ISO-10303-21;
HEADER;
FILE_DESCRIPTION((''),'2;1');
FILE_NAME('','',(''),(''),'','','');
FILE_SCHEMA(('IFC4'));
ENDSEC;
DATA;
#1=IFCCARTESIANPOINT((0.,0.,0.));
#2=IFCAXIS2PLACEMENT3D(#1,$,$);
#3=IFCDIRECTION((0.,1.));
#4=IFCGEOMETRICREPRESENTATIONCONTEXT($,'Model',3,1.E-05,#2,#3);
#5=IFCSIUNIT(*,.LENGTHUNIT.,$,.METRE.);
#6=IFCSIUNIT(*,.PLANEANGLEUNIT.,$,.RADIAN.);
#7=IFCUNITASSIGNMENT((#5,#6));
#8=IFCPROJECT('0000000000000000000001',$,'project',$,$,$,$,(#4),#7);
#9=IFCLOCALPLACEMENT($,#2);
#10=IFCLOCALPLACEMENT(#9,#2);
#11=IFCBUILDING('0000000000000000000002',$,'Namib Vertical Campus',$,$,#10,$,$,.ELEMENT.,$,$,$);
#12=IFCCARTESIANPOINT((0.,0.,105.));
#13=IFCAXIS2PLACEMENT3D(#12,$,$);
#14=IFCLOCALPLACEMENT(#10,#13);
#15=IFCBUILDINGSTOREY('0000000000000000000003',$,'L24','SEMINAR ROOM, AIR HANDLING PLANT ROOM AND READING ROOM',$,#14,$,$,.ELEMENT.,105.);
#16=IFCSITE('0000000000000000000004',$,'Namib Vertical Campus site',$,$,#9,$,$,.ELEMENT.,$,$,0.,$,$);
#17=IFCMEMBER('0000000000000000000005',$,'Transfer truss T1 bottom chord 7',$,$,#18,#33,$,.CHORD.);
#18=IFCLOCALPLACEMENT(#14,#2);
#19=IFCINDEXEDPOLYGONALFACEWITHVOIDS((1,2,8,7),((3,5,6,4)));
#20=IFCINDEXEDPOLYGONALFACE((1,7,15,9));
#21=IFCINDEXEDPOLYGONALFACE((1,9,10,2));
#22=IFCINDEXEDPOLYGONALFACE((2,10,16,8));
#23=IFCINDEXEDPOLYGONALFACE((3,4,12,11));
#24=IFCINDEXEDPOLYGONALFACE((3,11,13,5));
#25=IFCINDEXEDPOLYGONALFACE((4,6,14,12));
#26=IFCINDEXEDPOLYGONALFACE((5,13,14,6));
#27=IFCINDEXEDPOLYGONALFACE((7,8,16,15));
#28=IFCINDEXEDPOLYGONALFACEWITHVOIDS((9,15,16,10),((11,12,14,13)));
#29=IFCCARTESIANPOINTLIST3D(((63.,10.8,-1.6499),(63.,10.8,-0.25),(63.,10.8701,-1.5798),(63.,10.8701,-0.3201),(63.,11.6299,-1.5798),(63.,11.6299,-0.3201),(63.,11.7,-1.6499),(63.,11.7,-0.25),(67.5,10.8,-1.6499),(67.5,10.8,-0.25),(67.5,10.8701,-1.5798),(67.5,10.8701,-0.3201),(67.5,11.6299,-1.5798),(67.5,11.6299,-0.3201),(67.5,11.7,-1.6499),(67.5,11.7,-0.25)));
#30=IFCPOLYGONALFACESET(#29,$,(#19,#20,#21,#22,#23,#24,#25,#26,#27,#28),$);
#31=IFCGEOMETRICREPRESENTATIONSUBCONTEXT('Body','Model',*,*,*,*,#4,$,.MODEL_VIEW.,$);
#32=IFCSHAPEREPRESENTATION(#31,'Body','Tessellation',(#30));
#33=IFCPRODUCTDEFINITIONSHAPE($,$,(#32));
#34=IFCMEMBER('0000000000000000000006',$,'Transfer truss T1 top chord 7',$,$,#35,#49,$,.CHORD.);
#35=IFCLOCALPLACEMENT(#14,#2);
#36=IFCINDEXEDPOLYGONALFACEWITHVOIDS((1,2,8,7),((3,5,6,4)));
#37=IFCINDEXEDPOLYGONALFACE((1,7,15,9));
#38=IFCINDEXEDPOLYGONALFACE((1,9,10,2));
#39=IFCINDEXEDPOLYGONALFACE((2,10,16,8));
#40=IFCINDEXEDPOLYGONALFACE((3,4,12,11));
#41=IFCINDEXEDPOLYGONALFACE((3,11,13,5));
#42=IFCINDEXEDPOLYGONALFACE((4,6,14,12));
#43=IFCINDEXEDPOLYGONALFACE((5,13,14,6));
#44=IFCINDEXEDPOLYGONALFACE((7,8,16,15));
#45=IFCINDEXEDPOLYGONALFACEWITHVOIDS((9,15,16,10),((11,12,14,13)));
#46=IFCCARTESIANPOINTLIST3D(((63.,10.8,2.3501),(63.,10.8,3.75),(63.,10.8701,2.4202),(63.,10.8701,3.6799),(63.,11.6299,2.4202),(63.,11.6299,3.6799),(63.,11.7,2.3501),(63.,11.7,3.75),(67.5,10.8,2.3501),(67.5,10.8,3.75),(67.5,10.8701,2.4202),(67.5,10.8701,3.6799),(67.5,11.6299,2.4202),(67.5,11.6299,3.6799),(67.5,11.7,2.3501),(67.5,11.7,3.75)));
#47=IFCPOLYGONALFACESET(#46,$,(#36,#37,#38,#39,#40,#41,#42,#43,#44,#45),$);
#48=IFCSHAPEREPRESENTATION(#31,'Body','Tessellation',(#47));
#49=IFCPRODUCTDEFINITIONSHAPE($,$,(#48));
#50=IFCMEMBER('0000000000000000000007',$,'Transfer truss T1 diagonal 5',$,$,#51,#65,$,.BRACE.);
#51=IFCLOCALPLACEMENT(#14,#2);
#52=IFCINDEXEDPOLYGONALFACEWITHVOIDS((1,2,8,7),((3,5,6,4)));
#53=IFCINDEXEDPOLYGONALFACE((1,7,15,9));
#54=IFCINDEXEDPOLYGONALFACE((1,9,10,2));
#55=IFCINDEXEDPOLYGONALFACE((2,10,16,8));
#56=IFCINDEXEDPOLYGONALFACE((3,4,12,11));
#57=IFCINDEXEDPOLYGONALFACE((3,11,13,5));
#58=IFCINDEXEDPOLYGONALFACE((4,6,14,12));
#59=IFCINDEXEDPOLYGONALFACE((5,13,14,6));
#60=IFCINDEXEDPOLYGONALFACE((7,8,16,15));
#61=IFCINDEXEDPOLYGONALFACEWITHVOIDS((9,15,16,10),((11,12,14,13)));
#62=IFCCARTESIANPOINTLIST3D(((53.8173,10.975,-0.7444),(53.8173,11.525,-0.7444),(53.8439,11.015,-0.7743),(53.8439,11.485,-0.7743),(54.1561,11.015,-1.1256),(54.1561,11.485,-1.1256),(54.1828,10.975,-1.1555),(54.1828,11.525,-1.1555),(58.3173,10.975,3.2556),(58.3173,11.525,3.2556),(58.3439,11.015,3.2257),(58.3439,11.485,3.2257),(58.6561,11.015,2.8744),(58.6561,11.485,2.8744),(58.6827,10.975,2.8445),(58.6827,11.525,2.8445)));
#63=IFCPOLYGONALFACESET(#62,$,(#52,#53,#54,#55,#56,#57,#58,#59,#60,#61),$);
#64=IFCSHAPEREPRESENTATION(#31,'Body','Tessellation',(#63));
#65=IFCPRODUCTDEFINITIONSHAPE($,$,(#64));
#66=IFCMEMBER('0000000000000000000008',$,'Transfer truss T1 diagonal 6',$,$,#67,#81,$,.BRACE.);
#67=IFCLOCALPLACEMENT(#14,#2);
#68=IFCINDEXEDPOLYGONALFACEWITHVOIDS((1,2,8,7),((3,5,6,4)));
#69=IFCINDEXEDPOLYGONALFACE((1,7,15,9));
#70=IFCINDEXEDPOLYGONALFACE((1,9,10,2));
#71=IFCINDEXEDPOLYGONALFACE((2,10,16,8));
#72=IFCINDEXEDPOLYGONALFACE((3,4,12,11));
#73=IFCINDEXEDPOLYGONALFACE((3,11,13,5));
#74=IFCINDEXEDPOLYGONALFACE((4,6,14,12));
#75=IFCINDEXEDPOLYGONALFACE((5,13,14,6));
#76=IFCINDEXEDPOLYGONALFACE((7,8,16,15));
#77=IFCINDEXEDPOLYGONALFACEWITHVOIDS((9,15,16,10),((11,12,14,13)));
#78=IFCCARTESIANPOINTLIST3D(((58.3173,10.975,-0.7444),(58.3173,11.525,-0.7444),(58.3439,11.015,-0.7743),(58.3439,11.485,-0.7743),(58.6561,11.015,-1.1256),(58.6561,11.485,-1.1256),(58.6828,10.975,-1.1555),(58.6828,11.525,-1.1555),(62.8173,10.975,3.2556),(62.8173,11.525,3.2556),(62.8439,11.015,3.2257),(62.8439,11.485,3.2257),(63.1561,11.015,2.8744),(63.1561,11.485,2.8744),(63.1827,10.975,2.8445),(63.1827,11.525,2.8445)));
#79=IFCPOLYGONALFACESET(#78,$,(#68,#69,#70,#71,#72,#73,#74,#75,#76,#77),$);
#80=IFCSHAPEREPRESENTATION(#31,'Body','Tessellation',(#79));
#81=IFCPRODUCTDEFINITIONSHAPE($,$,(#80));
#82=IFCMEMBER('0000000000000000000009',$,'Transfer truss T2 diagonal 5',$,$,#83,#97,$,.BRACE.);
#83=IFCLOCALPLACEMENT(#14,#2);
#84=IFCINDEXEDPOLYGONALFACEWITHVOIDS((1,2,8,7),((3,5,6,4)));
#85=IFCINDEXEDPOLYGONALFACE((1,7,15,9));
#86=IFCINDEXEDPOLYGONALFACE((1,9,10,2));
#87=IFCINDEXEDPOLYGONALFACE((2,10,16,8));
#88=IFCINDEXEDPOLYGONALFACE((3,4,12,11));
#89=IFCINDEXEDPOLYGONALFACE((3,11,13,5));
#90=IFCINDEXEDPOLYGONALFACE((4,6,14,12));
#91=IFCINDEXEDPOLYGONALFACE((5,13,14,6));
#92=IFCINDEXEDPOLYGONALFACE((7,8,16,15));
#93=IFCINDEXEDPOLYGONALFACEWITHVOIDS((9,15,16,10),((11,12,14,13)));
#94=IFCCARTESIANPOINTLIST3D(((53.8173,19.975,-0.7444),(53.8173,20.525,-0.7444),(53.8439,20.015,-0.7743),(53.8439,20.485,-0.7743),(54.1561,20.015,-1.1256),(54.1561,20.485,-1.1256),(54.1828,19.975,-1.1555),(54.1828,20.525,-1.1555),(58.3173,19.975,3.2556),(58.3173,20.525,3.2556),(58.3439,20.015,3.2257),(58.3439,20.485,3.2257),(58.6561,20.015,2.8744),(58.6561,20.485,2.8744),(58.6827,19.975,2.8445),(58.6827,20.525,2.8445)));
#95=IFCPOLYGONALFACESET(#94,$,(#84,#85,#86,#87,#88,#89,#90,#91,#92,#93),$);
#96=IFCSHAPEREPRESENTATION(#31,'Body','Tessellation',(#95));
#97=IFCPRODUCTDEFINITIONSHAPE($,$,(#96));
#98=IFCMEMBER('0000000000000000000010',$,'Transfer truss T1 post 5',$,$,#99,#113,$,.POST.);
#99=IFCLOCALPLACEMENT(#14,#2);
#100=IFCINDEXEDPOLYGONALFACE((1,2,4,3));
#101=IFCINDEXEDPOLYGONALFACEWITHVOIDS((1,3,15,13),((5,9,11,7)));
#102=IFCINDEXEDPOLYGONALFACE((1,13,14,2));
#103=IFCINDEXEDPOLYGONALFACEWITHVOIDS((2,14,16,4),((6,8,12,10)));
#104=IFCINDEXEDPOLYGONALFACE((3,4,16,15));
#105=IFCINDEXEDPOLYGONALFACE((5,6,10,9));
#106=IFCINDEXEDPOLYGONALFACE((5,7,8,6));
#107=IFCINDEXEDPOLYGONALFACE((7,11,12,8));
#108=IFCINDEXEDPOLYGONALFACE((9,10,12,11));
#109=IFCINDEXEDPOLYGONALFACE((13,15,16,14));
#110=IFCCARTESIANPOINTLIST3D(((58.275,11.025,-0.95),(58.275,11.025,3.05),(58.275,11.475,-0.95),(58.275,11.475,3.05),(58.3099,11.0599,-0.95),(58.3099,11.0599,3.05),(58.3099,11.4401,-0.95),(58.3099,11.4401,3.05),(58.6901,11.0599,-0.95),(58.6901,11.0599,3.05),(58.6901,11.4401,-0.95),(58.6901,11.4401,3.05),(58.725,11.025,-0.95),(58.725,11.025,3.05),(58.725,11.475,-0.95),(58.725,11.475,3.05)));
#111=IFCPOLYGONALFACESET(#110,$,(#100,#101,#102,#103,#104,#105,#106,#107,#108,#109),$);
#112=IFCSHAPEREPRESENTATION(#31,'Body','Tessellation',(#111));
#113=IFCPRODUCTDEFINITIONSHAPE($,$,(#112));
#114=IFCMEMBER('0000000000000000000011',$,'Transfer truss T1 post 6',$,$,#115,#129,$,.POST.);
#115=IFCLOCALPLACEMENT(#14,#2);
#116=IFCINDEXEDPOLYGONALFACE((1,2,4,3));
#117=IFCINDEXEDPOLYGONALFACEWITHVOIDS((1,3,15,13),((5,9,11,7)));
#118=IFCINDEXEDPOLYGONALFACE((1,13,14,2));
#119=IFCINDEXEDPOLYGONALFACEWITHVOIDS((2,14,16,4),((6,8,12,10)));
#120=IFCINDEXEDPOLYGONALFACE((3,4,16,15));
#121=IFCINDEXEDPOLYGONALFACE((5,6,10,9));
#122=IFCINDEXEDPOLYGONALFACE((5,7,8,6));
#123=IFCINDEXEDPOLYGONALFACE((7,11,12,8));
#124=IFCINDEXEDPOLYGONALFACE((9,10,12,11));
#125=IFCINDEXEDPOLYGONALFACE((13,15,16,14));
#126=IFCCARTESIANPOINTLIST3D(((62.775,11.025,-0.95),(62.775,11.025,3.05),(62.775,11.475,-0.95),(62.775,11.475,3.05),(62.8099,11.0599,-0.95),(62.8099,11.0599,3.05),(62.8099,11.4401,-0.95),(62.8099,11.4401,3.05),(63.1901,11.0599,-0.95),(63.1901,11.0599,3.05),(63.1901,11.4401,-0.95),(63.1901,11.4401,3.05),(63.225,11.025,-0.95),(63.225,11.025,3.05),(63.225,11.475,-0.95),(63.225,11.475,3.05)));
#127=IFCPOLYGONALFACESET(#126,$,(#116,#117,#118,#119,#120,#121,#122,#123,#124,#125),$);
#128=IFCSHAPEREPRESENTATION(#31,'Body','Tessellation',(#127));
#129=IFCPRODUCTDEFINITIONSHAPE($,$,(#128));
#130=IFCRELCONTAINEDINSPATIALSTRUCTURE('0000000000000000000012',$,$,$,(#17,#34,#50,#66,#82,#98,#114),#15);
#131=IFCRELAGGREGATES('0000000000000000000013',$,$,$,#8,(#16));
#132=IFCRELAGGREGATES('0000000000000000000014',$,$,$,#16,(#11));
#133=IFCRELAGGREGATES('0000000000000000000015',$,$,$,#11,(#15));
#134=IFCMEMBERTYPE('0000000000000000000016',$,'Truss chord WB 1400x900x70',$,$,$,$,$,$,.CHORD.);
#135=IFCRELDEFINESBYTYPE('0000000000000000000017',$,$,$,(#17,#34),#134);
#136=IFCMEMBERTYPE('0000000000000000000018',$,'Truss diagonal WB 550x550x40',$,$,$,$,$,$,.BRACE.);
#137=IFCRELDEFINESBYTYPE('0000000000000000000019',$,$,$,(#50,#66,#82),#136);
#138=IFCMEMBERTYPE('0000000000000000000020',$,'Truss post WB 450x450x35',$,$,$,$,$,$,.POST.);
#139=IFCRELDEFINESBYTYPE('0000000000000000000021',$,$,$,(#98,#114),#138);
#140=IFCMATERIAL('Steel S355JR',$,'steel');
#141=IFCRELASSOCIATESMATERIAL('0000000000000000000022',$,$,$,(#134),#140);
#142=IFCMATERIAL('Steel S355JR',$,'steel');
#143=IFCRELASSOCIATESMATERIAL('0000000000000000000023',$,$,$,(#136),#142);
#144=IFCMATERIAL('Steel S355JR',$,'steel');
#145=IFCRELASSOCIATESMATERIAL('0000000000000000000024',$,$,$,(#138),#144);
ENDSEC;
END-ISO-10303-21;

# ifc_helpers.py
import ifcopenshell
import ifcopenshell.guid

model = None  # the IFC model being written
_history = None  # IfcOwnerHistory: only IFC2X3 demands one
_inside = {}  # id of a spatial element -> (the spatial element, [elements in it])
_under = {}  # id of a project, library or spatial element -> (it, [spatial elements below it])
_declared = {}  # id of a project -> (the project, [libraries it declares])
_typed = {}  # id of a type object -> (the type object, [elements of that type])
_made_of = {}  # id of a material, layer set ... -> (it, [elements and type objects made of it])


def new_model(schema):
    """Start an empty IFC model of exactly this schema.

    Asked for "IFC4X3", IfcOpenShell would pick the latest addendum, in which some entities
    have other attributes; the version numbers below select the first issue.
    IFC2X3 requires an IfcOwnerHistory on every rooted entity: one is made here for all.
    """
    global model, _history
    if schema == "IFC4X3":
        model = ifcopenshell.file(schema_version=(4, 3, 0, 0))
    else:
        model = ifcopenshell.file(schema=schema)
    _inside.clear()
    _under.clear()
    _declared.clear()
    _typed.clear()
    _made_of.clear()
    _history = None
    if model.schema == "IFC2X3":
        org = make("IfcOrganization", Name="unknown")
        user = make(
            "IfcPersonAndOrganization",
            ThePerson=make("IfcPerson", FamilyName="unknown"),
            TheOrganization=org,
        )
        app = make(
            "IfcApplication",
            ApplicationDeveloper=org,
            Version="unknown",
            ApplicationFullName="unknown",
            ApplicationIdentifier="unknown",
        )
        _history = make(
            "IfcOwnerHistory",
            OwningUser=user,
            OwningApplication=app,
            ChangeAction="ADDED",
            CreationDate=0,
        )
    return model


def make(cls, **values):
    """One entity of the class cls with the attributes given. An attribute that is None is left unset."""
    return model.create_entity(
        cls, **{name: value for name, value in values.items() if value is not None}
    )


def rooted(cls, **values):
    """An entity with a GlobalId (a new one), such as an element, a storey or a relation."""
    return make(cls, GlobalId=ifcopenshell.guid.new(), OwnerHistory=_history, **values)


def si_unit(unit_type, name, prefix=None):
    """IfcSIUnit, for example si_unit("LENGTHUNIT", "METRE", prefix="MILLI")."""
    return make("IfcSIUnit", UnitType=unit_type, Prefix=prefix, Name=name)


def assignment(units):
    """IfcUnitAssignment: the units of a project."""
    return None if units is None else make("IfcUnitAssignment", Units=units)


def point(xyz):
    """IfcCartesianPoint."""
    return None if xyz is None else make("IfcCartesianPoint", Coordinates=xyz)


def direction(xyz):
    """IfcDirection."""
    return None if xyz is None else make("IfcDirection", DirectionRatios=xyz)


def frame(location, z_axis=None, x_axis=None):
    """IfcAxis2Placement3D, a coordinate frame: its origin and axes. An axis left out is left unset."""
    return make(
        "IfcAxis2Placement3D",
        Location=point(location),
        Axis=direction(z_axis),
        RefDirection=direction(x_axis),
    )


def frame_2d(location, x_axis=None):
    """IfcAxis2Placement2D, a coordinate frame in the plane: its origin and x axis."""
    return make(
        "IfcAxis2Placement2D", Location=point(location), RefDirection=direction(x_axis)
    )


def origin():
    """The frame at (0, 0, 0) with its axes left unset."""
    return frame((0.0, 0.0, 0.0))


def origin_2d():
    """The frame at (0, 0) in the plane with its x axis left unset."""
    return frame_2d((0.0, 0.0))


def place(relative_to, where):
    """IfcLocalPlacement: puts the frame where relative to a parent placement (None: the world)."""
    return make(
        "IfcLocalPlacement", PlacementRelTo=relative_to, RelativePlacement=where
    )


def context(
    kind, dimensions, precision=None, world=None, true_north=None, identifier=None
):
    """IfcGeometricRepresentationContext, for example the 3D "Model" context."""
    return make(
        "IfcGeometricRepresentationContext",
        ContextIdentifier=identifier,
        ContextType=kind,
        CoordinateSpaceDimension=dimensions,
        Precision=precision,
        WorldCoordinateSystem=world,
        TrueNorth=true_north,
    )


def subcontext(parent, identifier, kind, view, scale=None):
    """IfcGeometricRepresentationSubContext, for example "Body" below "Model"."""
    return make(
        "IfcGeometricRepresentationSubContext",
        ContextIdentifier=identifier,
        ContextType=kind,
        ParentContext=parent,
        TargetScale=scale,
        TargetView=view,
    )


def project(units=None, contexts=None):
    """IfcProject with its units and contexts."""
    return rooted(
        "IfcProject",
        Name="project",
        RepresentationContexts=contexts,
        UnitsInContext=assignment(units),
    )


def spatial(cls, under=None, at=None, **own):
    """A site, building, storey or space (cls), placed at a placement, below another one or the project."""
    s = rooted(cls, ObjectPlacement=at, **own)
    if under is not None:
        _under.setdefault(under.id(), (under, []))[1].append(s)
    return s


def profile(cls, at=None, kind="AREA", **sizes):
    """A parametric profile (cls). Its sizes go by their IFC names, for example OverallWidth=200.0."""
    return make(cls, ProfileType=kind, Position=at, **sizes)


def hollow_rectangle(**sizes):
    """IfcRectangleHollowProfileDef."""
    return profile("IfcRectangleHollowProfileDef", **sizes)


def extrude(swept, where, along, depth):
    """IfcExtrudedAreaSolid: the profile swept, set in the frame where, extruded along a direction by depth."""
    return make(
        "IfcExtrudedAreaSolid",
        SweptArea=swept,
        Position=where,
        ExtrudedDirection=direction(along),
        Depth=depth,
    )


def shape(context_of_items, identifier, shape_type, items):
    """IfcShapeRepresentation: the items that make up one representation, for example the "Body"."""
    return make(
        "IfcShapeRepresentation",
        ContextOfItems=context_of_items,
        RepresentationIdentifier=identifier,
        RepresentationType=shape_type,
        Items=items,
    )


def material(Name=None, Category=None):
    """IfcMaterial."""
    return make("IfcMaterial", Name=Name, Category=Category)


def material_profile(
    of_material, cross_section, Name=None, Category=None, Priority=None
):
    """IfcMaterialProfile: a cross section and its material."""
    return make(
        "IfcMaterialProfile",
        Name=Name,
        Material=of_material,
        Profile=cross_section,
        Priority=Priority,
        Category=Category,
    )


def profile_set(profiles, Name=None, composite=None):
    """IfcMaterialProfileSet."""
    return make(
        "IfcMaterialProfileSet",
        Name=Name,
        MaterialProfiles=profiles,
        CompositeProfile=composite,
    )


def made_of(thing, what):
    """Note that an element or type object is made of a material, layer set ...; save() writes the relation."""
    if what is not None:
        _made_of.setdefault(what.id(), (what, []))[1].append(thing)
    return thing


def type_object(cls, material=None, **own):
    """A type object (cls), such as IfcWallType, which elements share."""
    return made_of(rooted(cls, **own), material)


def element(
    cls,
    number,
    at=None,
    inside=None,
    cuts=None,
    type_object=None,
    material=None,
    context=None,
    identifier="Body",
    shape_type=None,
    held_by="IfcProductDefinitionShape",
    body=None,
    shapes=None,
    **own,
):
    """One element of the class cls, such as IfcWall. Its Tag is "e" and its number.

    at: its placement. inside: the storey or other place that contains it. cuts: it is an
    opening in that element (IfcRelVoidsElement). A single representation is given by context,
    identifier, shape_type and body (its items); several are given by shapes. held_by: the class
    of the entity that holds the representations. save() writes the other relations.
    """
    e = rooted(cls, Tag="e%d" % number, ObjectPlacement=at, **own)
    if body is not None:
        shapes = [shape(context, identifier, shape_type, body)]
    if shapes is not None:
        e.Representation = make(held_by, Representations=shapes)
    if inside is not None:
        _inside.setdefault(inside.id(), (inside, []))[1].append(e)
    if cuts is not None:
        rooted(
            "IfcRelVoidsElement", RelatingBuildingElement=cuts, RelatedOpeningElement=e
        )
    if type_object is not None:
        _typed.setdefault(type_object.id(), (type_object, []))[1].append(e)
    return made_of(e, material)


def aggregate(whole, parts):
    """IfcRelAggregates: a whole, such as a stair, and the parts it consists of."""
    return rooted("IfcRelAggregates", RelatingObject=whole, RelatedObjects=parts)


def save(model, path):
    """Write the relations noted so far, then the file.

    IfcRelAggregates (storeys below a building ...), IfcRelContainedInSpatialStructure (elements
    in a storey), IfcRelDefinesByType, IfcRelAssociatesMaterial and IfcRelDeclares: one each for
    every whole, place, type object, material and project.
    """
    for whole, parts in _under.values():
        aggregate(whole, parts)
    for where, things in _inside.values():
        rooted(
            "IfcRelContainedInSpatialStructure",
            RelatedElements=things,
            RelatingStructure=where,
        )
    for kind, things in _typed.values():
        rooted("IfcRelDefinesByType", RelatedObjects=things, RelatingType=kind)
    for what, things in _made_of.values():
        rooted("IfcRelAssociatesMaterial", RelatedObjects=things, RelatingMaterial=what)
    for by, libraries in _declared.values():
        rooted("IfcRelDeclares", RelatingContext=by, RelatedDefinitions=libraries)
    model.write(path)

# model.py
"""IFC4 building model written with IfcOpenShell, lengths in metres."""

from ifc_helpers import new_model, si_unit, direction, frame, origin, origin_2d, place, context, subcontext, project, spatial, hollow_rectangle, extrude, material, material_profile, profile_set, type_object, element, save


model = new_model("IFC4")

# Units and contexts
model_context = context("Model", 3, precision=1e-05, world=origin(), true_north=direction((0.0, 1.0)))
body_context = subcontext(model_context, "Body", "Model", "MODEL_VIEW")
ifc_project = project(units=[si_unit("LENGTHUNIT", "METRE"), si_unit("PLANEANGLEUNIT", "RADIAN")], contexts=[model_context])

# Site, building, storey
site_placement = place(None, origin())
site = spatial("IfcSite", under=ifc_project, at=site_placement, Name="Namib Vertical Campus site", CompositionType="ELEMENT", RefElevation=0.0)
building_placement = place(site_placement, origin())
building = spatial("IfcBuilding", under=site, at=building_placement, Name="Namib Vertical Campus", CompositionType="ELEMENT")
storey_placement = place(building_placement, frame((0.0, 0.0, 105.0)))
storey = spatial("IfcBuildingStorey", under=building, at=storey_placement, Name="L24", Description="SEMINAR ROOM, AIR HANDLING PLANT ROOM AND READING ROOM", CompositionType="ELEMENT", Elevation=105.0)

# Members
ifc_material_1 = material(Name="Steel S355JR", Category="steel")
ifc_material_profile_1 = material_profile(ifc_material_1, hollow_rectangle(XDim=0.8999, YDim=1.3999, WallThickness=0.0701, at=origin_2d()))
ifc_profile_set_1 = profile_set([ifc_material_profile_1], Name="Steel S355JR")
member_type_1 = type_object("IfcMemberType", Name="Truss chord WB 1400x900x70", PredefinedType="CHORD", material=ifc_profile_set_1)
for number, where, z_axis, x_axis, name in (
    (1, (63.0, 11.25, -0.95), (1.0, 0.0, 0.0), (0.0, 1.0, 0.0), "Transfer truss T1 bottom chord 7"),
    (2, (63.0, 11.25, 3.05), (1.0, 0.0, 0.0), (0.0, 1.0, 0.0), "Transfer truss T1 top chord 7"),
):
    element("IfcMember", number, at=place(storey_placement, frame(where, z_axis=z_axis, x_axis=x_axis)), inside=storey, type_object=member_type_1, Name=name, PredefinedType="CHORD", context=body_context, shape_type="SweptSolid", body=[
        extrude(hollow_rectangle(XDim=0.8999, YDim=1.3999, WallThickness=0.0701, at=origin_2d()), origin(), (0.0, 0.0, 1.0), 4.5),
    ])
ifc_material_2 = material(Name="Steel S355JR", Category="steel")
ifc_material_profile_2 = material_profile(ifc_material_2, hollow_rectangle(XDim=0.55, YDim=0.55, WallThickness=0.04, at=origin_2d()))
ifc_profile_set_2 = profile_set([ifc_material_profile_2], Name="Steel S355JR")
member_type_2 = type_object("IfcMemberType", Name="Truss diagonal WB 550x550x40", PredefinedType="BRACE", material=ifc_profile_set_2)
for number, where, z_axis, x_axis, name in (
    (3, (58.5, 11.25, 3.05), (-0.747409, 0.0, -0.664364), (0.0, -1.0, 0.0), "Transfer truss T1 diagonal 5"),
    (4, (63.0, 11.25, 3.05), (-0.747409, 0.0, -0.664364), (0.0, -1.0, 0.0), "Transfer truss T1 diagonal 6"),
    (5, (58.5, 20.25, 3.05), (-0.747409, 0.0, -0.664364), (0.0, -1.0, 0.0), "Transfer truss T2 diagonal 5"),
):
    element("IfcMember", number, at=place(storey_placement, frame(where, z_axis=z_axis, x_axis=x_axis)), inside=storey, type_object=member_type_2, Name=name, PredefinedType="BRACE", context=body_context, shape_type="SweptSolid", body=[
        extrude(hollow_rectangle(XDim=0.55, YDim=0.55, WallThickness=0.04, at=origin_2d()), origin(), (0.0, 0.0, 1.0), 6.0208),
    ])
ifc_material_3 = material(Name="Steel S355JR", Category="steel")
ifc_material_profile_3 = material_profile(ifc_material_3, hollow_rectangle(XDim=0.45, YDim=0.45, WallThickness=0.0349, at=origin_2d()))
ifc_profile_set_3 = profile_set([ifc_material_profile_3], Name="Steel S355JR")
member_type_3 = type_object("IfcMemberType", Name="Truss post WB 450x450x35", PredefinedType="POST", material=ifc_profile_set_3)
for number, where, z_axis, x_axis, name in (
    (6, (58.5, 11.25, -0.95), (0.0, 0.0, 1.0), (1.0, 0.0, 0.0), "Transfer truss T1 post 5"),
    (7, (63.0, 11.25, -0.95), (0.0, 0.0, 1.0), (1.0, 0.0, 0.0), "Transfer truss T1 post 6"),
):
    element("IfcMember", number, at=place(storey_placement, frame(where, z_axis=z_axis, x_axis=x_axis)), inside=storey, type_object=member_type_3, Name=name, PredefinedType="POST", context=body_context, shape_type="SweptSolid", body=[
        extrude(hollow_rectangle(XDim=0.45, YDim=0.45, WallThickness=0.0349, at=origin_2d()), origin(), (0.0, 0.0, 1.0), 4.0),
    ])

save(model, "model.ifc")
